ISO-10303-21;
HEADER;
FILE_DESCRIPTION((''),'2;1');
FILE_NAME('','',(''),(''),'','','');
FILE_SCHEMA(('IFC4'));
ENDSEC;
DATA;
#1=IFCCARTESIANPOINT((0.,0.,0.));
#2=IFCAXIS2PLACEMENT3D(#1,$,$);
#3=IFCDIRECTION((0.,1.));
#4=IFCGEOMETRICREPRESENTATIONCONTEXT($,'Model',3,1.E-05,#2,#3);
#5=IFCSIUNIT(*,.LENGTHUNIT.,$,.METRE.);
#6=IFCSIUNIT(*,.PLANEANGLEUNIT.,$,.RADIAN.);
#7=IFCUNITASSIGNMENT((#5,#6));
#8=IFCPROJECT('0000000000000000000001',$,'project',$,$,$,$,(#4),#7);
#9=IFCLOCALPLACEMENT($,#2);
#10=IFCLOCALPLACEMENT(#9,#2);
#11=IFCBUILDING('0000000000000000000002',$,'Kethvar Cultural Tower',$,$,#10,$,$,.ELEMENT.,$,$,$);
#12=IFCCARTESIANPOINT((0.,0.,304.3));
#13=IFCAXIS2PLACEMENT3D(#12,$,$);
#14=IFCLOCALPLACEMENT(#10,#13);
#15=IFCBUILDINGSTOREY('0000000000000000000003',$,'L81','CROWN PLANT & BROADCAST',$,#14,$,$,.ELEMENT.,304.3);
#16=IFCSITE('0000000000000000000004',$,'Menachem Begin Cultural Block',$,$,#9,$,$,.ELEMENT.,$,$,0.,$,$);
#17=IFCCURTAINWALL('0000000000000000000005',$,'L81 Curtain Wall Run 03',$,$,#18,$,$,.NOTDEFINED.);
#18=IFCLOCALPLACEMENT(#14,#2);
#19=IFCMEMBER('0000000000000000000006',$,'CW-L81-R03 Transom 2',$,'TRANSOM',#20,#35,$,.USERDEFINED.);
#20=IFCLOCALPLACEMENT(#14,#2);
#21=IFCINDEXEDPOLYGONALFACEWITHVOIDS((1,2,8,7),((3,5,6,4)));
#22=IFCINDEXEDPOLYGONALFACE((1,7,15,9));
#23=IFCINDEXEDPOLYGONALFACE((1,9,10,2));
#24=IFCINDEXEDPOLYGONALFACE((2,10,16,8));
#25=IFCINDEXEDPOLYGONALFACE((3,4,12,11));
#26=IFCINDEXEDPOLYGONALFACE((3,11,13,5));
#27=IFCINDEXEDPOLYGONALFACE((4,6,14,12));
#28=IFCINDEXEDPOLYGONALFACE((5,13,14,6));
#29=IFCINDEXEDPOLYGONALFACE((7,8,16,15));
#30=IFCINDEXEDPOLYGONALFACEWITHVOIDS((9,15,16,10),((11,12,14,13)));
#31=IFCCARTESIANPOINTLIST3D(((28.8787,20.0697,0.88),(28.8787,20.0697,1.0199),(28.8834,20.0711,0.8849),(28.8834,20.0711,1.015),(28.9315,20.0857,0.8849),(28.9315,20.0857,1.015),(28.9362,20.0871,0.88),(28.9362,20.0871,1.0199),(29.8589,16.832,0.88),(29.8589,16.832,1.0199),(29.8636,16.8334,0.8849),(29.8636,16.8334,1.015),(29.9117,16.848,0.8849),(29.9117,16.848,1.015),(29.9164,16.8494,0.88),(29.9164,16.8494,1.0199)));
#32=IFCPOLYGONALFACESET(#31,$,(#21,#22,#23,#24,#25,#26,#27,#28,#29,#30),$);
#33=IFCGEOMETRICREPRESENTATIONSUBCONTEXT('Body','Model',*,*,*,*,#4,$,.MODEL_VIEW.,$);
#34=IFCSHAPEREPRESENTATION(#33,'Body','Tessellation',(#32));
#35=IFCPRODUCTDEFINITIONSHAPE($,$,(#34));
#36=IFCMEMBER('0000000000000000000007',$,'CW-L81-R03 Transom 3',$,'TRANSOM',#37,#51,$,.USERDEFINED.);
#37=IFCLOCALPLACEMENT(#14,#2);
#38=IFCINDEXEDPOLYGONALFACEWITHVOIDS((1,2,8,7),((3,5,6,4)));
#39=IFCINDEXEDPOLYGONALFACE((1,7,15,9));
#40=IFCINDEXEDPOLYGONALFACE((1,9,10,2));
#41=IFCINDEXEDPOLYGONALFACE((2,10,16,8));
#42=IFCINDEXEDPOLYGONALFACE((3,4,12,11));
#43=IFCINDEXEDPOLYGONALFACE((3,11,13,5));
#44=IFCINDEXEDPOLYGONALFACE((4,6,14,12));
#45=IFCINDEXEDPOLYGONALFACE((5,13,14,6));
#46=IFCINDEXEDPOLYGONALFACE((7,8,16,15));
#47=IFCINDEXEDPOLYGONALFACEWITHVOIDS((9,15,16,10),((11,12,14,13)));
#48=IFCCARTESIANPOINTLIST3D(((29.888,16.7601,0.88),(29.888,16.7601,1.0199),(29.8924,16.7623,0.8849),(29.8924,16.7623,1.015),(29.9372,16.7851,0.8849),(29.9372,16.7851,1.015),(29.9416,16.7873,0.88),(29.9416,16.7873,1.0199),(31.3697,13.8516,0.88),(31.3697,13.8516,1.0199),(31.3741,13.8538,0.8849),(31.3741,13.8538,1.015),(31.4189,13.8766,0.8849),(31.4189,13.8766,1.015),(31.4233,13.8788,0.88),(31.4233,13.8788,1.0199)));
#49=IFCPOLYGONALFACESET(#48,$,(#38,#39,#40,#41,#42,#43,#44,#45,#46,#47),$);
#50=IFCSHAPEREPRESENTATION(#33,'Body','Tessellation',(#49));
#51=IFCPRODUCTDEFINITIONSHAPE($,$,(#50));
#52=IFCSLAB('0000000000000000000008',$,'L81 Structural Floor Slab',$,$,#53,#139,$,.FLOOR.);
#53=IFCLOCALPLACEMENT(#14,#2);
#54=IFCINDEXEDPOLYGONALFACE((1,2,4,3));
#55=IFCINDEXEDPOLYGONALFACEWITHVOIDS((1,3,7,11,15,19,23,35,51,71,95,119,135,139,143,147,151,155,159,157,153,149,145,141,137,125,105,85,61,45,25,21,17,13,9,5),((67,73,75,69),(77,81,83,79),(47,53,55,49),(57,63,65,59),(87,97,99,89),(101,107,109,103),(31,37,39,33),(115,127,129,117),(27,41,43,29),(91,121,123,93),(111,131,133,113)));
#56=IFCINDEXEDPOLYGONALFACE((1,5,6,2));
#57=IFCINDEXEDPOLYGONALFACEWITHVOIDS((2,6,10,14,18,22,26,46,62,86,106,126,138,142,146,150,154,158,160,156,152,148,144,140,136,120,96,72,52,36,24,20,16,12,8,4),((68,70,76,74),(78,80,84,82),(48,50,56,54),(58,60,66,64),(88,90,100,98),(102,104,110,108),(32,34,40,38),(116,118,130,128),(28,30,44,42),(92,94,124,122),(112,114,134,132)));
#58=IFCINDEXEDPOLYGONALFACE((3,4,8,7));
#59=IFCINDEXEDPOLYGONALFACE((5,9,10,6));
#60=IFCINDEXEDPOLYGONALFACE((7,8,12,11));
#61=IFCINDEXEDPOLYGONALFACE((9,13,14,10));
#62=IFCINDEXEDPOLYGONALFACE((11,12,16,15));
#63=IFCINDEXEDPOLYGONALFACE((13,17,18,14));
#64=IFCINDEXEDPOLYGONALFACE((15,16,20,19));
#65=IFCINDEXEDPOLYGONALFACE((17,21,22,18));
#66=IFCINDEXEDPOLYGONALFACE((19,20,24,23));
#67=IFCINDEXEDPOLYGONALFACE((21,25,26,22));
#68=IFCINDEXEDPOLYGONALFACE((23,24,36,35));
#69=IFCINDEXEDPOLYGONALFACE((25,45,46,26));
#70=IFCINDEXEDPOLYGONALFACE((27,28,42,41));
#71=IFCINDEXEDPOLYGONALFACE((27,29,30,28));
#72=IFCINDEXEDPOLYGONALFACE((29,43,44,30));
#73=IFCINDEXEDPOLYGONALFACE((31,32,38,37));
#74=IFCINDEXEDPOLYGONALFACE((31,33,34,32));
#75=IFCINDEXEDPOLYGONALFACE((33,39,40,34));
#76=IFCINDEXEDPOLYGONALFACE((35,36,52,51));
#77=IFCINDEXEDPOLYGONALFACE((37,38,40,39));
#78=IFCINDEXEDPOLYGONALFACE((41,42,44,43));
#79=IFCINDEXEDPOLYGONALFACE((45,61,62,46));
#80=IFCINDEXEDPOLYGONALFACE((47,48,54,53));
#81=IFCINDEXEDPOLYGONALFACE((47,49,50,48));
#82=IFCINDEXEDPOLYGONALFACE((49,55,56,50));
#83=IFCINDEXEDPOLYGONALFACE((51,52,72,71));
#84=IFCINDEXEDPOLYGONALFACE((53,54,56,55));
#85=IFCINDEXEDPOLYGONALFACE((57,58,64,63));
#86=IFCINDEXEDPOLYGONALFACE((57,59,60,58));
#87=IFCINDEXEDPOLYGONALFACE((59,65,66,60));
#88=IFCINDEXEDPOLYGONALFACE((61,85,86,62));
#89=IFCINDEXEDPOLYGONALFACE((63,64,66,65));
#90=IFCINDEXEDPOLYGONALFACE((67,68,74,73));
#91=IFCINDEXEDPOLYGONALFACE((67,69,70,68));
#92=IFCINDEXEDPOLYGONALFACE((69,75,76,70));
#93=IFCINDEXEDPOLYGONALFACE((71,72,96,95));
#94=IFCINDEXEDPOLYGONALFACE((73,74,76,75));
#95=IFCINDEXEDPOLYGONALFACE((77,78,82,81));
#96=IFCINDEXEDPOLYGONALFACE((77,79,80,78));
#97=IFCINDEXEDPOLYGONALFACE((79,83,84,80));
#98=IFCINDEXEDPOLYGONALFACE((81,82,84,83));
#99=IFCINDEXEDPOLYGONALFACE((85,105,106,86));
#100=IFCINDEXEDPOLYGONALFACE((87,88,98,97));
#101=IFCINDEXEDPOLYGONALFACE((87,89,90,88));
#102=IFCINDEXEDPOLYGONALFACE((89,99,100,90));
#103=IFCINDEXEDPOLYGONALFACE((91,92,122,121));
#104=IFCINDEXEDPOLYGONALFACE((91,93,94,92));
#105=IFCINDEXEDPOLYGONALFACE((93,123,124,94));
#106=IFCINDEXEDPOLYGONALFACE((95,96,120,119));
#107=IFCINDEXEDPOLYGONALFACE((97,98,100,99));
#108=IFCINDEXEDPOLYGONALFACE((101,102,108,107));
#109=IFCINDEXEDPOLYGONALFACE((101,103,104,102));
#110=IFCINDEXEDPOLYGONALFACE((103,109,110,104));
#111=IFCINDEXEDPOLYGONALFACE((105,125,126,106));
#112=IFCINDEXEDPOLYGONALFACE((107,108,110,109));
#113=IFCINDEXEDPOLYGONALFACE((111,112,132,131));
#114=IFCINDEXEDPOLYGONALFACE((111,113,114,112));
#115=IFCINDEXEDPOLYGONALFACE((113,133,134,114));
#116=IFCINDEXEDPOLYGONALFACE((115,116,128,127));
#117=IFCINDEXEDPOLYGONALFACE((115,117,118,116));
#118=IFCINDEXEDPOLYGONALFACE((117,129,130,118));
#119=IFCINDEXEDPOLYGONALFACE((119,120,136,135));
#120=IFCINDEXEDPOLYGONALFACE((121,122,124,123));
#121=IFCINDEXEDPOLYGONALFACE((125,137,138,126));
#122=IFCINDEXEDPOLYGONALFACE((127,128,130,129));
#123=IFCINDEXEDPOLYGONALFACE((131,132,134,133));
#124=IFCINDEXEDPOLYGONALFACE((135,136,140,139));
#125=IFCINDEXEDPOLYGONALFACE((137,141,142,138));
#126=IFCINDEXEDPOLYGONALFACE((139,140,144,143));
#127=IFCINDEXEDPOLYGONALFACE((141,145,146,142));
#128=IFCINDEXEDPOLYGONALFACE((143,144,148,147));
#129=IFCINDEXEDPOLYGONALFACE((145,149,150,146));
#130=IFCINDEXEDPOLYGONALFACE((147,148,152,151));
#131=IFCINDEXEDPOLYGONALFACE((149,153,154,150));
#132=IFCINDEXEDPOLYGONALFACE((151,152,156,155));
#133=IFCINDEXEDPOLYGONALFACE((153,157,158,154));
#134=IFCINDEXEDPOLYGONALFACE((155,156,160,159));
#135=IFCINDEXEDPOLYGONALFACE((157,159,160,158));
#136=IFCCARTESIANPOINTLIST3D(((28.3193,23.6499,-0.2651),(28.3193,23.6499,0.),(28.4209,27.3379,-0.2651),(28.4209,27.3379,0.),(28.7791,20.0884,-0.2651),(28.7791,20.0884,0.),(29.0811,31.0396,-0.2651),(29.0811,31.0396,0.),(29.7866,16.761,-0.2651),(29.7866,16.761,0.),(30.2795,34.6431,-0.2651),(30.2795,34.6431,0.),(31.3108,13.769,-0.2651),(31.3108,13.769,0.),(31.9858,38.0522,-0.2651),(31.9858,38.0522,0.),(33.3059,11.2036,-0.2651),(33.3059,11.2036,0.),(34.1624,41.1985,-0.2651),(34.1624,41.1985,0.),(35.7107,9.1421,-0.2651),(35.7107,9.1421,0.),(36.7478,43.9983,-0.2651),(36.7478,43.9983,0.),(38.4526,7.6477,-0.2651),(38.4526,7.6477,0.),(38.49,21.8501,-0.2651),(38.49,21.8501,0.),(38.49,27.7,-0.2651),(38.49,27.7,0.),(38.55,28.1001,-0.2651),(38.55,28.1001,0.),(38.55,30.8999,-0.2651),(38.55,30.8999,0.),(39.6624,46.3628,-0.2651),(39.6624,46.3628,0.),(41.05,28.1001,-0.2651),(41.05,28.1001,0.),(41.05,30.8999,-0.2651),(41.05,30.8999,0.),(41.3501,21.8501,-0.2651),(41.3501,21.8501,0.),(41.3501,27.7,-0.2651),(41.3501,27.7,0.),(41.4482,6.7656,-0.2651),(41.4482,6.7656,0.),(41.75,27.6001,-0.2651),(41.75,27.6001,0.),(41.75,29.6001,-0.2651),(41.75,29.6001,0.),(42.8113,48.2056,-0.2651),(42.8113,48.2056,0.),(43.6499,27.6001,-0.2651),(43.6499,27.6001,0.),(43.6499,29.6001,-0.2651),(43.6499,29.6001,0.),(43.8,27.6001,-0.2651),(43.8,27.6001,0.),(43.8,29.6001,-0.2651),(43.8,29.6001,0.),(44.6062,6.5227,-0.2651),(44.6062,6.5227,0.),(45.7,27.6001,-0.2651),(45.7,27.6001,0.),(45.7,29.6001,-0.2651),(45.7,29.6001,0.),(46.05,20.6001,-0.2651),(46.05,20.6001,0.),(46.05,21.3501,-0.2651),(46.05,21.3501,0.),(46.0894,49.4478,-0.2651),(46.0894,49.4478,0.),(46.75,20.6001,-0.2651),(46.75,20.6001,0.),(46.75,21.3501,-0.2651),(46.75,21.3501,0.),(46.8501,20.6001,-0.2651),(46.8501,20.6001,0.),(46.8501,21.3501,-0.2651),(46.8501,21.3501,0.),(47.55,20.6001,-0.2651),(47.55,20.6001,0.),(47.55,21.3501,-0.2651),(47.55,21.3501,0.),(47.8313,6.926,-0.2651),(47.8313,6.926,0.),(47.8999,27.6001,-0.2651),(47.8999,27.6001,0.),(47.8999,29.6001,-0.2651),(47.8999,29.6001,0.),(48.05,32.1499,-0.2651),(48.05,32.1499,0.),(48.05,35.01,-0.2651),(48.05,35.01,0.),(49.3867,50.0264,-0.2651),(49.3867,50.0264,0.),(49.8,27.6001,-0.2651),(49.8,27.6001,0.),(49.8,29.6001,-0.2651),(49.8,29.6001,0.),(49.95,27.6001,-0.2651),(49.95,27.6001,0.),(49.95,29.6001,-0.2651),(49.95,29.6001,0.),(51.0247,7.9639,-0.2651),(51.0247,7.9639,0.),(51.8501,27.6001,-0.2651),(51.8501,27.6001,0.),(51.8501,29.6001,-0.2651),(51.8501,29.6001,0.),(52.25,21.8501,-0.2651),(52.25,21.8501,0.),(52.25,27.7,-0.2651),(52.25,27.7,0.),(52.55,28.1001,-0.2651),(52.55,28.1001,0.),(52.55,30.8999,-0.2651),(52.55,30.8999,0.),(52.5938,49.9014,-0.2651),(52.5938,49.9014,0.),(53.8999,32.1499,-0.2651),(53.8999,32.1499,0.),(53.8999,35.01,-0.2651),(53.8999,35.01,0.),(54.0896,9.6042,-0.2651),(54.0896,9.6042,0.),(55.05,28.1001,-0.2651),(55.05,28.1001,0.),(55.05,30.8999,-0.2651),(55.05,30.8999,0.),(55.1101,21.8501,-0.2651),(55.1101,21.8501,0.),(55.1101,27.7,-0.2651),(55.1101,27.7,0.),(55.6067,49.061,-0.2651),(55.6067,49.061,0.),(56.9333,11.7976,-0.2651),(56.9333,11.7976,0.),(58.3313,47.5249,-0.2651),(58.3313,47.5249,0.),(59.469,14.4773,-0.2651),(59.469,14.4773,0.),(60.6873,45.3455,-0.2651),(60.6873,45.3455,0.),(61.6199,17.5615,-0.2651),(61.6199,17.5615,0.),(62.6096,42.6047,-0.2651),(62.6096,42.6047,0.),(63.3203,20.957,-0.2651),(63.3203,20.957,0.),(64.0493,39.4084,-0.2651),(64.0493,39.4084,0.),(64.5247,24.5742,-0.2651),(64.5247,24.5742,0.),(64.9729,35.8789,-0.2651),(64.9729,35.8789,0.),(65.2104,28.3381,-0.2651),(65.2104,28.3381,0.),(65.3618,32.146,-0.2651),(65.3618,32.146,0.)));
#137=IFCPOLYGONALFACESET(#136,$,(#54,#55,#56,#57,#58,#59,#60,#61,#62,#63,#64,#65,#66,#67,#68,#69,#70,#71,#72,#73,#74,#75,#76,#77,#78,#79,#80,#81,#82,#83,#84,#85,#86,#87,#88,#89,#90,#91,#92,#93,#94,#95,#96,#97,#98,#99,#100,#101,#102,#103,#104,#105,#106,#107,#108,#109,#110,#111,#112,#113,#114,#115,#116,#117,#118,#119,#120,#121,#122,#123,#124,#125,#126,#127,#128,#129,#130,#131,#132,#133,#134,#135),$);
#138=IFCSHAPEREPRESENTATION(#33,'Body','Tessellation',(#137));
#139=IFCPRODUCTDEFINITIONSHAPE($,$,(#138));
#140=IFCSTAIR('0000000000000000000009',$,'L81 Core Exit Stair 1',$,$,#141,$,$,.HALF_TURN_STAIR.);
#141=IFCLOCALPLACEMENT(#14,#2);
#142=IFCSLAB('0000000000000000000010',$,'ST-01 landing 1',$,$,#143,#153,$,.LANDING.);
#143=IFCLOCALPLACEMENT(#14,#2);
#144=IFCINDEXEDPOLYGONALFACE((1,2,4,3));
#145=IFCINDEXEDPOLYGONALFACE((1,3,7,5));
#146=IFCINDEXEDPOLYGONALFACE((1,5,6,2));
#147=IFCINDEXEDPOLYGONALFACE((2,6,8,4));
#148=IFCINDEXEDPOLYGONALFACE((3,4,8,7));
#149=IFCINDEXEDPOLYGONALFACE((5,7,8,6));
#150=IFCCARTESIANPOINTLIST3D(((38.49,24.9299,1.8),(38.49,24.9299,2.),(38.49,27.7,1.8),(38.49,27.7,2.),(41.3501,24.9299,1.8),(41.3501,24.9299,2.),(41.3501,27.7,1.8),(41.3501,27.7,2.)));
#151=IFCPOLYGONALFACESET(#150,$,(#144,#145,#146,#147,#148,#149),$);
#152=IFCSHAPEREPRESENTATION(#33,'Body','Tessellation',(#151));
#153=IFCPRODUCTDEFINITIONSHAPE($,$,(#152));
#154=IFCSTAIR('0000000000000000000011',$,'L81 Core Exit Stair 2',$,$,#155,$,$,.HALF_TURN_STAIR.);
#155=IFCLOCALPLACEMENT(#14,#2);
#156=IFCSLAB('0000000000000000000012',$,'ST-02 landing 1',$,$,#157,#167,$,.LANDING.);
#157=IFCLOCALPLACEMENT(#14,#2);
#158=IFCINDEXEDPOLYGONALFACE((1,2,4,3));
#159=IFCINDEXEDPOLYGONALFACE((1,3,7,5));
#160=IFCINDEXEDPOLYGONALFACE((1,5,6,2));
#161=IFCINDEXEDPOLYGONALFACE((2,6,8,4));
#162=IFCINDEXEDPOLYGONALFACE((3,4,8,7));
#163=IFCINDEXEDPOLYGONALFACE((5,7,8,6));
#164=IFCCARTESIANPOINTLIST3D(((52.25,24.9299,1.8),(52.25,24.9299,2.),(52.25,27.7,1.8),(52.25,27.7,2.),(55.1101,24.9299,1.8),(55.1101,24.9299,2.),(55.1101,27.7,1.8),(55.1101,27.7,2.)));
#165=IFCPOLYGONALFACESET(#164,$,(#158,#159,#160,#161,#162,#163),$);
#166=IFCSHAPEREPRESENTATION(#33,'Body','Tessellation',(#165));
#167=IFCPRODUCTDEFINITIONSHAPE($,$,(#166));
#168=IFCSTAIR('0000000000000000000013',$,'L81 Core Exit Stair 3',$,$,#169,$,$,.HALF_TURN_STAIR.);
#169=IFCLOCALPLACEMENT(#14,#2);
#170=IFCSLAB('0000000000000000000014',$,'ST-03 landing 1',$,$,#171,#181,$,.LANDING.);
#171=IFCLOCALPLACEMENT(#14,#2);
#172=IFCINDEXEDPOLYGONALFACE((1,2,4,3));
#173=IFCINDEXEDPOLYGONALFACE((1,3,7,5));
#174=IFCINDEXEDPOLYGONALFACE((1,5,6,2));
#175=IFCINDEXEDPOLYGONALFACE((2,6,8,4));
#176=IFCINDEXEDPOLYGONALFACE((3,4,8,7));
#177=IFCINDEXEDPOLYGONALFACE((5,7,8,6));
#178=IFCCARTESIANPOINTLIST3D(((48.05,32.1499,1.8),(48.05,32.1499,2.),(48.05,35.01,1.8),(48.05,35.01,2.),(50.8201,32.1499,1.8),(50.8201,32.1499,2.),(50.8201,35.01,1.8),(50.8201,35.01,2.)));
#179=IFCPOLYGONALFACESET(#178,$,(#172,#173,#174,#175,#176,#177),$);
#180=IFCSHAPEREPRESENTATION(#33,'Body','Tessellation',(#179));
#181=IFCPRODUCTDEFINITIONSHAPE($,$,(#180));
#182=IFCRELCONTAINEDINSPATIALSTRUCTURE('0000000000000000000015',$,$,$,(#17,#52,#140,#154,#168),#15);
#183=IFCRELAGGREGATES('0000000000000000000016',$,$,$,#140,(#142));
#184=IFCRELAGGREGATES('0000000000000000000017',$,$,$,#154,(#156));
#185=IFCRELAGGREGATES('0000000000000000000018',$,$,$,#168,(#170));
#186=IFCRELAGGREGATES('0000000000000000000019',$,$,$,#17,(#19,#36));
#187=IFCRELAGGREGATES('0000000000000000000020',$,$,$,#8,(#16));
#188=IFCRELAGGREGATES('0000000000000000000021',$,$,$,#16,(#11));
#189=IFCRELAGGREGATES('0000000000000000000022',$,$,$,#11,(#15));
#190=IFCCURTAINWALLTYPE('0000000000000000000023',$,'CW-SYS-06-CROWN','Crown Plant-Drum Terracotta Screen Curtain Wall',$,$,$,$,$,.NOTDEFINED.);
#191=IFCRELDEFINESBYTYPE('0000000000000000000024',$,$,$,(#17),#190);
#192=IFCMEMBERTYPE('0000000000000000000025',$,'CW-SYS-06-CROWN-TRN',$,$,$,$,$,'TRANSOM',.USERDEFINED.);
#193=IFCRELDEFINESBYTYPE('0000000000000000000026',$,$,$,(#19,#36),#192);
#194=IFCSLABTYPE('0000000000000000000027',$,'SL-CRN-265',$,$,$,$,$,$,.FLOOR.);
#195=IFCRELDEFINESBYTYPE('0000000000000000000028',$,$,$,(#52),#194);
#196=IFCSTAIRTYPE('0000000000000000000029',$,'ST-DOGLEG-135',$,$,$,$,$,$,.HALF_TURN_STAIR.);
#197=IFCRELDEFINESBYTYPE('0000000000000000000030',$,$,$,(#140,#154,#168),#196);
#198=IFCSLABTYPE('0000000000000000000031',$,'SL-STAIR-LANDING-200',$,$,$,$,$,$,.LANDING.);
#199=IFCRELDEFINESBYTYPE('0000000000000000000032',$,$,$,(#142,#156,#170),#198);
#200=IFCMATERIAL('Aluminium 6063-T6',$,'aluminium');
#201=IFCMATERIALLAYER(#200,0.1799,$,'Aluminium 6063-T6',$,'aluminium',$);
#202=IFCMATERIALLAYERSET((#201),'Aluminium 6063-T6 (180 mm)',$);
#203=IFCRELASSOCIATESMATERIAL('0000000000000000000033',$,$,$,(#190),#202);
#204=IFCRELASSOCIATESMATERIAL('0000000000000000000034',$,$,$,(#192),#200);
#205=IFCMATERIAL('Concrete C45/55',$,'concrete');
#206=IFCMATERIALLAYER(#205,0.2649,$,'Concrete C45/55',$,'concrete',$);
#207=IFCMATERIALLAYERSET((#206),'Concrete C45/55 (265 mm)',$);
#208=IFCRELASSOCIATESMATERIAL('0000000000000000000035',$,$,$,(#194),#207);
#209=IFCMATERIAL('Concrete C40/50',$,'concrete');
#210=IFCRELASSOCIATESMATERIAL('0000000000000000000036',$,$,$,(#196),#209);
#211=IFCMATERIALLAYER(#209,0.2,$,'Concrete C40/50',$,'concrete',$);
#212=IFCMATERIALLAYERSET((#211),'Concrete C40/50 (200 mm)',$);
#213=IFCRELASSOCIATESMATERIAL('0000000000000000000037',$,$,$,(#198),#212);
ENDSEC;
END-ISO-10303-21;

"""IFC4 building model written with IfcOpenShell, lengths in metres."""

from ifc_helpers import new_model, si_unit, direction, frame, origin, origin_2d, place, context, subcontext, project, spatial, polyline, hollow_rectangle, outline, extrude, source, transform, mapped, material, layer, layer_set, material_profile, profile_set, type_object, element, aggregate, save


model = new_model("IFC4")

# Units and contexts
model_context = context("Model", 3, precision=1e-05, world=origin(), true_north=direction((0.0, 1.0)))
body_context = subcontext(model_context, "Body", "Model", "MODEL_VIEW")
ifc_project = project(units=[si_unit("LENGTHUNIT", "METRE"), si_unit("PLANEANGLEUNIT", "RADIAN")], contexts=[model_context])

# Site, building, storey
site_placement = place(None, origin())
site = spatial("IfcSite", under=ifc_project, at=site_placement, Name="Menachem Begin Cultural Block", CompositionType="ELEMENT", RefElevation=0.0)
building_placement = place(site_placement, origin())
building = spatial("IfcBuilding", under=site, at=building_placement, Name="Kethvar Cultural Tower", CompositionType="ELEMENT")
storey_placement = place(building_placement, frame((0.0, 0.0, 304.3)))
storey = spatial("IfcBuildingStorey", under=building, at=storey_placement, Name="L81", Description="CROWN PLANT & BROADCAST", CompositionType="ELEMENT", Elevation=304.3)

# Shared definitions
ifc_material_1 = material(Name="Aluminium 6063-T6", Category="aluminium")
ifc_layer_1 = layer(ifc_material_1, 0.1799, Name="Aluminium 6063-T6", Category="aluminium")
ifc_layer_set_1 = layer_set([ifc_layer_1], Name="Aluminium 6063-T6 (180 mm)")
curtain_wall_type = type_object("IfcCurtainWallType", Name="CW-SYS-06-CROWN", Description="Crown Plant-Drum Terracotta Screen Curtain Wall", PredefinedType="NOTDEFINED", material=ifc_layer_set_1)

# Curtain wall, members
curtain_wall_1_placement = place(storey_placement, origin())
curtain_wall_1 = element("IfcCurtainWall", 1, at=curtain_wall_1_placement, inside=storey, type_object=curtain_wall_type, Name="L81 Curtain Wall Run 03", PredefinedType="NOTDEFINED")
ifc_material_profile_1 = material_profile(ifc_material_1, hollow_rectangle(XDim=0.0601, YDim=0.1399, WallThickness=0.0049, at=origin_2d()), Name="Aluminium 6063-T6 — RHS140x60x5")
ifc_profile_set_1 = profile_set([ifc_material_profile_1], Name="Aluminium 6063-T6 — RHS140x60x5")
member_type_1 = type_object("IfcMemberType", Name="CW-SYS-06-CROWN-TRN", ElementType="TRANSOM", PredefinedType="USERDEFINED", material=ifc_profile_set_1)
shared_shape_1 = source(origin(), body_context, "Body", "SweptSolid", [
    extrude(hollow_rectangle(XDim=0.0601, YDim=0.1399, WallThickness=0.0049, at=origin_2d()), origin(), (0.0, 0.0, 1.0), 3.3828),
])
member_1_placement = place(storey_placement, frame((28.9075, 20.0784, 0.95), z_axis=(0.289757, -0.9571, 0.0), x_axis=(0.9571, 0.289757, 0.0)))
member_1 = element("IfcMember", 2, at=member_1_placement, type_object=member_type_1, Name="CW-L81-R03 Transom 2", ObjectType="TRANSOM", PredefinedType="USERDEFINED", context=body_context, shape_type="MappedRepresentation", body=[
    mapped(shared_shape_1, transform((0.0, 0.0, 0.0), scale=1.0)),
])
shared_shape_2 = source(origin(), body_context, "Body", "SweptSolid", [
    extrude(hollow_rectangle(XDim=0.0601, YDim=0.1399, WallThickness=0.0049, at=origin_2d()), origin(), (0.0, 0.0, 1.0), 3.2642),
])
member_2_placement = place(storey_placement, frame((29.9148, 16.7737, 0.95), z_axis=(0.453933, -0.891036, 0.0), x_axis=(0.891036, 0.453933, 0.0)))
member_2 = element("IfcMember", 3, at=member_2_placement, type_object=member_type_1, Name="CW-L81-R03 Transom 3", ObjectType="TRANSOM", PredefinedType="USERDEFINED", context=body_context, shape_type="MappedRepresentation", body=[
    mapped(shared_shape_2, transform((0.0, 0.0, 0.0), scale=1.0)),
])

# Slab
ifc_material_2 = material(Name="Concrete C45/55", Category="concrete")
ifc_layer_2 = layer(ifc_material_2, 0.2649, Name="Concrete C45/55", Category="concrete")
ifc_layer_set_2 = layer_set([ifc_layer_2], Name="Concrete C45/55 (265 mm)")
slab_type_1 = type_object("IfcSlabType", Name="SL-CRN-265", PredefinedType="FLOOR", material=ifc_layer_set_2)
slab_1_placement = place(storey_placement, frame((0.0, 0.0, -0.2651)))
element("IfcSlab", 4, at=slab_1_placement, inside=storey, type_object=slab_type_1, Name="L81 Structural Floor Slab", PredefinedType="FLOOR", context=body_context, shape_type="SweptSolid", body=[
    extrude(outline(polyline([(55.6067, 49.061), (52.5938, 49.9014), (49.3867, 50.0264), (46.0894, 49.4478), (42.8113, 48.2056), (39.6624, 46.3628), (36.7478, 43.9983), (34.1624, 41.1985), (31.9858, 38.0522), (30.2795, 34.6431), (29.0811, 31.0396), (28.4209, 27.3379), (28.3193, 23.6499), (28.7791, 20.0884), (29.7866, 16.761), (31.3108, 13.769), (33.3059, 11.2036), (35.7107, 9.1421), (38.4526, 7.6477), (41.4482, 6.7656), (44.6062, 6.5227), (47.8313, 6.926), (51.0247, 7.9639), (54.0896, 9.6042), (56.9333, 11.7976), (59.469, 14.4773), (61.6199, 17.5615), (63.3203, 20.957), (64.5247, 24.5742), (65.2104, 28.3381), (65.3618, 32.146), (64.9729, 35.8789), (64.0493, 39.4084), (62.6096, 42.6047), (60.6873, 45.3455), (58.3313, 47.5249), (55.6067, 49.061)]), holes=[polyline([(38.49, 21.8501), (38.49, 27.7), (41.3501, 27.7), (41.3501, 21.8501), (38.49, 21.8501)]), polyline([(52.25, 21.8501), (52.25, 27.7), (55.1101, 27.7), (55.1101, 21.8501), (52.25, 21.8501)]), polyline([(53.8999, 32.1499), (48.05, 32.1499), (48.05, 35.01), (53.8999, 35.01), (53.8999, 32.1499)]), polyline([(41.75, 29.6001), (43.6499, 29.6001), (43.6499, 27.6001), (41.75, 27.6001), (41.75, 29.6001)]), polyline([(43.8, 29.6001), (45.7, 29.6001), (45.7, 27.6001), (43.8, 27.6001), (43.8, 29.6001)]), polyline([(47.8999, 29.6001), (49.8, 29.6001), (49.8, 27.6001), (47.8999, 27.6001), (47.8999, 29.6001)]), polyline([(49.95, 29.6001), (51.8501, 29.6001), (51.8501, 27.6001), (49.95, 27.6001), (49.95, 29.6001)]), polyline([(38.55, 30.8999), (41.05, 30.8999), (41.05, 28.1001), (38.55, 28.1001), (38.55, 30.8999)]), polyline([(52.55, 30.8999), (55.05, 30.8999), (55.05, 28.1001), (52.55, 28.1001), (52.55, 30.8999)]), polyline([(46.05, 21.3501), (46.75, 21.3501), (46.75, 20.6001), (46.05, 20.6001), (46.05, 21.3501)]), polyline([(46.8501, 21.3501), (47.55, 21.3501), (47.55, 20.6001), (46.8501, 20.6001), (46.8501, 21.3501)])]), origin(), (0.0, 0.0, 1.0), 0.2651),
])

# Stairs, slabs
ifc_material_3 = material(Name="Concrete C40/50", Category="concrete")
stair_type = type_object("IfcStairType", Name="ST-DOGLEG-135", PredefinedType="HALF_TURN_STAIR", material=ifc_material_3)
stair_1_placement = place(storey_placement, origin())
stair_1 = element("IfcStair", 5, at=stair_1_placement, inside=storey, type_object=stair_type, Name="L81 Core Exit Stair 1", PredefinedType="HALF_TURN_STAIR")
ifc_layer_3 = layer(ifc_material_3, 0.2, Name="Concrete C40/50", Category="concrete")
ifc_layer_set_3 = layer_set([ifc_layer_3], Name="Concrete C40/50 (200 mm)")
slab_type_2 = type_object("IfcSlabType", Name="SL-STAIR-LANDING-200", PredefinedType="LANDING", material=ifc_layer_set_3)
slab_2_placement = place(storey_placement, frame((0.0, 0.0, 1.8)))
slab_2 = element("IfcSlab", 6, at=slab_2_placement, type_object=slab_type_2, Name="ST-01 landing 1", PredefinedType="LANDING", context=body_context, shape_type="SweptSolid", body=[
    extrude(outline(polyline([(41.3501, 24.9299), (41.3501, 27.7), (38.49, 27.7), (38.49, 24.9299), (41.3501, 24.9299)])), origin(), (0.0, 0.0, 1.0), 0.2),
])
aggregate(stair_1, [slab_2])
stair_2_placement = place(storey_placement, origin())
stair_2 = element("IfcStair", 7, at=stair_2_placement, inside=storey, type_object=stair_type, Name="L81 Core Exit Stair 2", PredefinedType="HALF_TURN_STAIR")
slab_3_placement = place(storey_placement, frame((0.0, 0.0, 1.8)))
slab_3 = element("IfcSlab", 8, at=slab_3_placement, type_object=slab_type_2, Name="ST-02 landing 1", PredefinedType="LANDING", context=body_context, shape_type="SweptSolid", body=[
    extrude(outline(polyline([(55.1101, 24.9299), (55.1101, 27.7), (52.25, 27.7), (52.25, 24.9299), (55.1101, 24.9299)])), origin(), (0.0, 0.0, 1.0), 0.2),
])
aggregate(stair_2, [slab_3])
stair_3_placement = place(storey_placement, origin())
stair_3 = element("IfcStair", 9, at=stair_3_placement, inside=storey, type_object=stair_type, Name="L81 Core Exit Stair 3", PredefinedType="HALF_TURN_STAIR")
slab_4_placement = place(storey_placement, frame((0.0, 0.0, 1.8)))
slab_4 = element("IfcSlab", 10, at=slab_4_placement, type_object=slab_type_2, Name="ST-03 landing 1", PredefinedType="LANDING", context=body_context, shape_type="SweptSolid", body=[
    extrude(outline(polyline([(50.8201, 35.01), (48.05, 35.01), (48.05, 32.1499), (50.8201, 32.1499), (50.8201, 35.01)])), origin(), (0.0, 0.0, 1.0), 0.2),
])
aggregate(stair_3, [slab_4])

aggregate(curtain_wall_1, [member_1, member_2])

save(model, "model.ifc")
